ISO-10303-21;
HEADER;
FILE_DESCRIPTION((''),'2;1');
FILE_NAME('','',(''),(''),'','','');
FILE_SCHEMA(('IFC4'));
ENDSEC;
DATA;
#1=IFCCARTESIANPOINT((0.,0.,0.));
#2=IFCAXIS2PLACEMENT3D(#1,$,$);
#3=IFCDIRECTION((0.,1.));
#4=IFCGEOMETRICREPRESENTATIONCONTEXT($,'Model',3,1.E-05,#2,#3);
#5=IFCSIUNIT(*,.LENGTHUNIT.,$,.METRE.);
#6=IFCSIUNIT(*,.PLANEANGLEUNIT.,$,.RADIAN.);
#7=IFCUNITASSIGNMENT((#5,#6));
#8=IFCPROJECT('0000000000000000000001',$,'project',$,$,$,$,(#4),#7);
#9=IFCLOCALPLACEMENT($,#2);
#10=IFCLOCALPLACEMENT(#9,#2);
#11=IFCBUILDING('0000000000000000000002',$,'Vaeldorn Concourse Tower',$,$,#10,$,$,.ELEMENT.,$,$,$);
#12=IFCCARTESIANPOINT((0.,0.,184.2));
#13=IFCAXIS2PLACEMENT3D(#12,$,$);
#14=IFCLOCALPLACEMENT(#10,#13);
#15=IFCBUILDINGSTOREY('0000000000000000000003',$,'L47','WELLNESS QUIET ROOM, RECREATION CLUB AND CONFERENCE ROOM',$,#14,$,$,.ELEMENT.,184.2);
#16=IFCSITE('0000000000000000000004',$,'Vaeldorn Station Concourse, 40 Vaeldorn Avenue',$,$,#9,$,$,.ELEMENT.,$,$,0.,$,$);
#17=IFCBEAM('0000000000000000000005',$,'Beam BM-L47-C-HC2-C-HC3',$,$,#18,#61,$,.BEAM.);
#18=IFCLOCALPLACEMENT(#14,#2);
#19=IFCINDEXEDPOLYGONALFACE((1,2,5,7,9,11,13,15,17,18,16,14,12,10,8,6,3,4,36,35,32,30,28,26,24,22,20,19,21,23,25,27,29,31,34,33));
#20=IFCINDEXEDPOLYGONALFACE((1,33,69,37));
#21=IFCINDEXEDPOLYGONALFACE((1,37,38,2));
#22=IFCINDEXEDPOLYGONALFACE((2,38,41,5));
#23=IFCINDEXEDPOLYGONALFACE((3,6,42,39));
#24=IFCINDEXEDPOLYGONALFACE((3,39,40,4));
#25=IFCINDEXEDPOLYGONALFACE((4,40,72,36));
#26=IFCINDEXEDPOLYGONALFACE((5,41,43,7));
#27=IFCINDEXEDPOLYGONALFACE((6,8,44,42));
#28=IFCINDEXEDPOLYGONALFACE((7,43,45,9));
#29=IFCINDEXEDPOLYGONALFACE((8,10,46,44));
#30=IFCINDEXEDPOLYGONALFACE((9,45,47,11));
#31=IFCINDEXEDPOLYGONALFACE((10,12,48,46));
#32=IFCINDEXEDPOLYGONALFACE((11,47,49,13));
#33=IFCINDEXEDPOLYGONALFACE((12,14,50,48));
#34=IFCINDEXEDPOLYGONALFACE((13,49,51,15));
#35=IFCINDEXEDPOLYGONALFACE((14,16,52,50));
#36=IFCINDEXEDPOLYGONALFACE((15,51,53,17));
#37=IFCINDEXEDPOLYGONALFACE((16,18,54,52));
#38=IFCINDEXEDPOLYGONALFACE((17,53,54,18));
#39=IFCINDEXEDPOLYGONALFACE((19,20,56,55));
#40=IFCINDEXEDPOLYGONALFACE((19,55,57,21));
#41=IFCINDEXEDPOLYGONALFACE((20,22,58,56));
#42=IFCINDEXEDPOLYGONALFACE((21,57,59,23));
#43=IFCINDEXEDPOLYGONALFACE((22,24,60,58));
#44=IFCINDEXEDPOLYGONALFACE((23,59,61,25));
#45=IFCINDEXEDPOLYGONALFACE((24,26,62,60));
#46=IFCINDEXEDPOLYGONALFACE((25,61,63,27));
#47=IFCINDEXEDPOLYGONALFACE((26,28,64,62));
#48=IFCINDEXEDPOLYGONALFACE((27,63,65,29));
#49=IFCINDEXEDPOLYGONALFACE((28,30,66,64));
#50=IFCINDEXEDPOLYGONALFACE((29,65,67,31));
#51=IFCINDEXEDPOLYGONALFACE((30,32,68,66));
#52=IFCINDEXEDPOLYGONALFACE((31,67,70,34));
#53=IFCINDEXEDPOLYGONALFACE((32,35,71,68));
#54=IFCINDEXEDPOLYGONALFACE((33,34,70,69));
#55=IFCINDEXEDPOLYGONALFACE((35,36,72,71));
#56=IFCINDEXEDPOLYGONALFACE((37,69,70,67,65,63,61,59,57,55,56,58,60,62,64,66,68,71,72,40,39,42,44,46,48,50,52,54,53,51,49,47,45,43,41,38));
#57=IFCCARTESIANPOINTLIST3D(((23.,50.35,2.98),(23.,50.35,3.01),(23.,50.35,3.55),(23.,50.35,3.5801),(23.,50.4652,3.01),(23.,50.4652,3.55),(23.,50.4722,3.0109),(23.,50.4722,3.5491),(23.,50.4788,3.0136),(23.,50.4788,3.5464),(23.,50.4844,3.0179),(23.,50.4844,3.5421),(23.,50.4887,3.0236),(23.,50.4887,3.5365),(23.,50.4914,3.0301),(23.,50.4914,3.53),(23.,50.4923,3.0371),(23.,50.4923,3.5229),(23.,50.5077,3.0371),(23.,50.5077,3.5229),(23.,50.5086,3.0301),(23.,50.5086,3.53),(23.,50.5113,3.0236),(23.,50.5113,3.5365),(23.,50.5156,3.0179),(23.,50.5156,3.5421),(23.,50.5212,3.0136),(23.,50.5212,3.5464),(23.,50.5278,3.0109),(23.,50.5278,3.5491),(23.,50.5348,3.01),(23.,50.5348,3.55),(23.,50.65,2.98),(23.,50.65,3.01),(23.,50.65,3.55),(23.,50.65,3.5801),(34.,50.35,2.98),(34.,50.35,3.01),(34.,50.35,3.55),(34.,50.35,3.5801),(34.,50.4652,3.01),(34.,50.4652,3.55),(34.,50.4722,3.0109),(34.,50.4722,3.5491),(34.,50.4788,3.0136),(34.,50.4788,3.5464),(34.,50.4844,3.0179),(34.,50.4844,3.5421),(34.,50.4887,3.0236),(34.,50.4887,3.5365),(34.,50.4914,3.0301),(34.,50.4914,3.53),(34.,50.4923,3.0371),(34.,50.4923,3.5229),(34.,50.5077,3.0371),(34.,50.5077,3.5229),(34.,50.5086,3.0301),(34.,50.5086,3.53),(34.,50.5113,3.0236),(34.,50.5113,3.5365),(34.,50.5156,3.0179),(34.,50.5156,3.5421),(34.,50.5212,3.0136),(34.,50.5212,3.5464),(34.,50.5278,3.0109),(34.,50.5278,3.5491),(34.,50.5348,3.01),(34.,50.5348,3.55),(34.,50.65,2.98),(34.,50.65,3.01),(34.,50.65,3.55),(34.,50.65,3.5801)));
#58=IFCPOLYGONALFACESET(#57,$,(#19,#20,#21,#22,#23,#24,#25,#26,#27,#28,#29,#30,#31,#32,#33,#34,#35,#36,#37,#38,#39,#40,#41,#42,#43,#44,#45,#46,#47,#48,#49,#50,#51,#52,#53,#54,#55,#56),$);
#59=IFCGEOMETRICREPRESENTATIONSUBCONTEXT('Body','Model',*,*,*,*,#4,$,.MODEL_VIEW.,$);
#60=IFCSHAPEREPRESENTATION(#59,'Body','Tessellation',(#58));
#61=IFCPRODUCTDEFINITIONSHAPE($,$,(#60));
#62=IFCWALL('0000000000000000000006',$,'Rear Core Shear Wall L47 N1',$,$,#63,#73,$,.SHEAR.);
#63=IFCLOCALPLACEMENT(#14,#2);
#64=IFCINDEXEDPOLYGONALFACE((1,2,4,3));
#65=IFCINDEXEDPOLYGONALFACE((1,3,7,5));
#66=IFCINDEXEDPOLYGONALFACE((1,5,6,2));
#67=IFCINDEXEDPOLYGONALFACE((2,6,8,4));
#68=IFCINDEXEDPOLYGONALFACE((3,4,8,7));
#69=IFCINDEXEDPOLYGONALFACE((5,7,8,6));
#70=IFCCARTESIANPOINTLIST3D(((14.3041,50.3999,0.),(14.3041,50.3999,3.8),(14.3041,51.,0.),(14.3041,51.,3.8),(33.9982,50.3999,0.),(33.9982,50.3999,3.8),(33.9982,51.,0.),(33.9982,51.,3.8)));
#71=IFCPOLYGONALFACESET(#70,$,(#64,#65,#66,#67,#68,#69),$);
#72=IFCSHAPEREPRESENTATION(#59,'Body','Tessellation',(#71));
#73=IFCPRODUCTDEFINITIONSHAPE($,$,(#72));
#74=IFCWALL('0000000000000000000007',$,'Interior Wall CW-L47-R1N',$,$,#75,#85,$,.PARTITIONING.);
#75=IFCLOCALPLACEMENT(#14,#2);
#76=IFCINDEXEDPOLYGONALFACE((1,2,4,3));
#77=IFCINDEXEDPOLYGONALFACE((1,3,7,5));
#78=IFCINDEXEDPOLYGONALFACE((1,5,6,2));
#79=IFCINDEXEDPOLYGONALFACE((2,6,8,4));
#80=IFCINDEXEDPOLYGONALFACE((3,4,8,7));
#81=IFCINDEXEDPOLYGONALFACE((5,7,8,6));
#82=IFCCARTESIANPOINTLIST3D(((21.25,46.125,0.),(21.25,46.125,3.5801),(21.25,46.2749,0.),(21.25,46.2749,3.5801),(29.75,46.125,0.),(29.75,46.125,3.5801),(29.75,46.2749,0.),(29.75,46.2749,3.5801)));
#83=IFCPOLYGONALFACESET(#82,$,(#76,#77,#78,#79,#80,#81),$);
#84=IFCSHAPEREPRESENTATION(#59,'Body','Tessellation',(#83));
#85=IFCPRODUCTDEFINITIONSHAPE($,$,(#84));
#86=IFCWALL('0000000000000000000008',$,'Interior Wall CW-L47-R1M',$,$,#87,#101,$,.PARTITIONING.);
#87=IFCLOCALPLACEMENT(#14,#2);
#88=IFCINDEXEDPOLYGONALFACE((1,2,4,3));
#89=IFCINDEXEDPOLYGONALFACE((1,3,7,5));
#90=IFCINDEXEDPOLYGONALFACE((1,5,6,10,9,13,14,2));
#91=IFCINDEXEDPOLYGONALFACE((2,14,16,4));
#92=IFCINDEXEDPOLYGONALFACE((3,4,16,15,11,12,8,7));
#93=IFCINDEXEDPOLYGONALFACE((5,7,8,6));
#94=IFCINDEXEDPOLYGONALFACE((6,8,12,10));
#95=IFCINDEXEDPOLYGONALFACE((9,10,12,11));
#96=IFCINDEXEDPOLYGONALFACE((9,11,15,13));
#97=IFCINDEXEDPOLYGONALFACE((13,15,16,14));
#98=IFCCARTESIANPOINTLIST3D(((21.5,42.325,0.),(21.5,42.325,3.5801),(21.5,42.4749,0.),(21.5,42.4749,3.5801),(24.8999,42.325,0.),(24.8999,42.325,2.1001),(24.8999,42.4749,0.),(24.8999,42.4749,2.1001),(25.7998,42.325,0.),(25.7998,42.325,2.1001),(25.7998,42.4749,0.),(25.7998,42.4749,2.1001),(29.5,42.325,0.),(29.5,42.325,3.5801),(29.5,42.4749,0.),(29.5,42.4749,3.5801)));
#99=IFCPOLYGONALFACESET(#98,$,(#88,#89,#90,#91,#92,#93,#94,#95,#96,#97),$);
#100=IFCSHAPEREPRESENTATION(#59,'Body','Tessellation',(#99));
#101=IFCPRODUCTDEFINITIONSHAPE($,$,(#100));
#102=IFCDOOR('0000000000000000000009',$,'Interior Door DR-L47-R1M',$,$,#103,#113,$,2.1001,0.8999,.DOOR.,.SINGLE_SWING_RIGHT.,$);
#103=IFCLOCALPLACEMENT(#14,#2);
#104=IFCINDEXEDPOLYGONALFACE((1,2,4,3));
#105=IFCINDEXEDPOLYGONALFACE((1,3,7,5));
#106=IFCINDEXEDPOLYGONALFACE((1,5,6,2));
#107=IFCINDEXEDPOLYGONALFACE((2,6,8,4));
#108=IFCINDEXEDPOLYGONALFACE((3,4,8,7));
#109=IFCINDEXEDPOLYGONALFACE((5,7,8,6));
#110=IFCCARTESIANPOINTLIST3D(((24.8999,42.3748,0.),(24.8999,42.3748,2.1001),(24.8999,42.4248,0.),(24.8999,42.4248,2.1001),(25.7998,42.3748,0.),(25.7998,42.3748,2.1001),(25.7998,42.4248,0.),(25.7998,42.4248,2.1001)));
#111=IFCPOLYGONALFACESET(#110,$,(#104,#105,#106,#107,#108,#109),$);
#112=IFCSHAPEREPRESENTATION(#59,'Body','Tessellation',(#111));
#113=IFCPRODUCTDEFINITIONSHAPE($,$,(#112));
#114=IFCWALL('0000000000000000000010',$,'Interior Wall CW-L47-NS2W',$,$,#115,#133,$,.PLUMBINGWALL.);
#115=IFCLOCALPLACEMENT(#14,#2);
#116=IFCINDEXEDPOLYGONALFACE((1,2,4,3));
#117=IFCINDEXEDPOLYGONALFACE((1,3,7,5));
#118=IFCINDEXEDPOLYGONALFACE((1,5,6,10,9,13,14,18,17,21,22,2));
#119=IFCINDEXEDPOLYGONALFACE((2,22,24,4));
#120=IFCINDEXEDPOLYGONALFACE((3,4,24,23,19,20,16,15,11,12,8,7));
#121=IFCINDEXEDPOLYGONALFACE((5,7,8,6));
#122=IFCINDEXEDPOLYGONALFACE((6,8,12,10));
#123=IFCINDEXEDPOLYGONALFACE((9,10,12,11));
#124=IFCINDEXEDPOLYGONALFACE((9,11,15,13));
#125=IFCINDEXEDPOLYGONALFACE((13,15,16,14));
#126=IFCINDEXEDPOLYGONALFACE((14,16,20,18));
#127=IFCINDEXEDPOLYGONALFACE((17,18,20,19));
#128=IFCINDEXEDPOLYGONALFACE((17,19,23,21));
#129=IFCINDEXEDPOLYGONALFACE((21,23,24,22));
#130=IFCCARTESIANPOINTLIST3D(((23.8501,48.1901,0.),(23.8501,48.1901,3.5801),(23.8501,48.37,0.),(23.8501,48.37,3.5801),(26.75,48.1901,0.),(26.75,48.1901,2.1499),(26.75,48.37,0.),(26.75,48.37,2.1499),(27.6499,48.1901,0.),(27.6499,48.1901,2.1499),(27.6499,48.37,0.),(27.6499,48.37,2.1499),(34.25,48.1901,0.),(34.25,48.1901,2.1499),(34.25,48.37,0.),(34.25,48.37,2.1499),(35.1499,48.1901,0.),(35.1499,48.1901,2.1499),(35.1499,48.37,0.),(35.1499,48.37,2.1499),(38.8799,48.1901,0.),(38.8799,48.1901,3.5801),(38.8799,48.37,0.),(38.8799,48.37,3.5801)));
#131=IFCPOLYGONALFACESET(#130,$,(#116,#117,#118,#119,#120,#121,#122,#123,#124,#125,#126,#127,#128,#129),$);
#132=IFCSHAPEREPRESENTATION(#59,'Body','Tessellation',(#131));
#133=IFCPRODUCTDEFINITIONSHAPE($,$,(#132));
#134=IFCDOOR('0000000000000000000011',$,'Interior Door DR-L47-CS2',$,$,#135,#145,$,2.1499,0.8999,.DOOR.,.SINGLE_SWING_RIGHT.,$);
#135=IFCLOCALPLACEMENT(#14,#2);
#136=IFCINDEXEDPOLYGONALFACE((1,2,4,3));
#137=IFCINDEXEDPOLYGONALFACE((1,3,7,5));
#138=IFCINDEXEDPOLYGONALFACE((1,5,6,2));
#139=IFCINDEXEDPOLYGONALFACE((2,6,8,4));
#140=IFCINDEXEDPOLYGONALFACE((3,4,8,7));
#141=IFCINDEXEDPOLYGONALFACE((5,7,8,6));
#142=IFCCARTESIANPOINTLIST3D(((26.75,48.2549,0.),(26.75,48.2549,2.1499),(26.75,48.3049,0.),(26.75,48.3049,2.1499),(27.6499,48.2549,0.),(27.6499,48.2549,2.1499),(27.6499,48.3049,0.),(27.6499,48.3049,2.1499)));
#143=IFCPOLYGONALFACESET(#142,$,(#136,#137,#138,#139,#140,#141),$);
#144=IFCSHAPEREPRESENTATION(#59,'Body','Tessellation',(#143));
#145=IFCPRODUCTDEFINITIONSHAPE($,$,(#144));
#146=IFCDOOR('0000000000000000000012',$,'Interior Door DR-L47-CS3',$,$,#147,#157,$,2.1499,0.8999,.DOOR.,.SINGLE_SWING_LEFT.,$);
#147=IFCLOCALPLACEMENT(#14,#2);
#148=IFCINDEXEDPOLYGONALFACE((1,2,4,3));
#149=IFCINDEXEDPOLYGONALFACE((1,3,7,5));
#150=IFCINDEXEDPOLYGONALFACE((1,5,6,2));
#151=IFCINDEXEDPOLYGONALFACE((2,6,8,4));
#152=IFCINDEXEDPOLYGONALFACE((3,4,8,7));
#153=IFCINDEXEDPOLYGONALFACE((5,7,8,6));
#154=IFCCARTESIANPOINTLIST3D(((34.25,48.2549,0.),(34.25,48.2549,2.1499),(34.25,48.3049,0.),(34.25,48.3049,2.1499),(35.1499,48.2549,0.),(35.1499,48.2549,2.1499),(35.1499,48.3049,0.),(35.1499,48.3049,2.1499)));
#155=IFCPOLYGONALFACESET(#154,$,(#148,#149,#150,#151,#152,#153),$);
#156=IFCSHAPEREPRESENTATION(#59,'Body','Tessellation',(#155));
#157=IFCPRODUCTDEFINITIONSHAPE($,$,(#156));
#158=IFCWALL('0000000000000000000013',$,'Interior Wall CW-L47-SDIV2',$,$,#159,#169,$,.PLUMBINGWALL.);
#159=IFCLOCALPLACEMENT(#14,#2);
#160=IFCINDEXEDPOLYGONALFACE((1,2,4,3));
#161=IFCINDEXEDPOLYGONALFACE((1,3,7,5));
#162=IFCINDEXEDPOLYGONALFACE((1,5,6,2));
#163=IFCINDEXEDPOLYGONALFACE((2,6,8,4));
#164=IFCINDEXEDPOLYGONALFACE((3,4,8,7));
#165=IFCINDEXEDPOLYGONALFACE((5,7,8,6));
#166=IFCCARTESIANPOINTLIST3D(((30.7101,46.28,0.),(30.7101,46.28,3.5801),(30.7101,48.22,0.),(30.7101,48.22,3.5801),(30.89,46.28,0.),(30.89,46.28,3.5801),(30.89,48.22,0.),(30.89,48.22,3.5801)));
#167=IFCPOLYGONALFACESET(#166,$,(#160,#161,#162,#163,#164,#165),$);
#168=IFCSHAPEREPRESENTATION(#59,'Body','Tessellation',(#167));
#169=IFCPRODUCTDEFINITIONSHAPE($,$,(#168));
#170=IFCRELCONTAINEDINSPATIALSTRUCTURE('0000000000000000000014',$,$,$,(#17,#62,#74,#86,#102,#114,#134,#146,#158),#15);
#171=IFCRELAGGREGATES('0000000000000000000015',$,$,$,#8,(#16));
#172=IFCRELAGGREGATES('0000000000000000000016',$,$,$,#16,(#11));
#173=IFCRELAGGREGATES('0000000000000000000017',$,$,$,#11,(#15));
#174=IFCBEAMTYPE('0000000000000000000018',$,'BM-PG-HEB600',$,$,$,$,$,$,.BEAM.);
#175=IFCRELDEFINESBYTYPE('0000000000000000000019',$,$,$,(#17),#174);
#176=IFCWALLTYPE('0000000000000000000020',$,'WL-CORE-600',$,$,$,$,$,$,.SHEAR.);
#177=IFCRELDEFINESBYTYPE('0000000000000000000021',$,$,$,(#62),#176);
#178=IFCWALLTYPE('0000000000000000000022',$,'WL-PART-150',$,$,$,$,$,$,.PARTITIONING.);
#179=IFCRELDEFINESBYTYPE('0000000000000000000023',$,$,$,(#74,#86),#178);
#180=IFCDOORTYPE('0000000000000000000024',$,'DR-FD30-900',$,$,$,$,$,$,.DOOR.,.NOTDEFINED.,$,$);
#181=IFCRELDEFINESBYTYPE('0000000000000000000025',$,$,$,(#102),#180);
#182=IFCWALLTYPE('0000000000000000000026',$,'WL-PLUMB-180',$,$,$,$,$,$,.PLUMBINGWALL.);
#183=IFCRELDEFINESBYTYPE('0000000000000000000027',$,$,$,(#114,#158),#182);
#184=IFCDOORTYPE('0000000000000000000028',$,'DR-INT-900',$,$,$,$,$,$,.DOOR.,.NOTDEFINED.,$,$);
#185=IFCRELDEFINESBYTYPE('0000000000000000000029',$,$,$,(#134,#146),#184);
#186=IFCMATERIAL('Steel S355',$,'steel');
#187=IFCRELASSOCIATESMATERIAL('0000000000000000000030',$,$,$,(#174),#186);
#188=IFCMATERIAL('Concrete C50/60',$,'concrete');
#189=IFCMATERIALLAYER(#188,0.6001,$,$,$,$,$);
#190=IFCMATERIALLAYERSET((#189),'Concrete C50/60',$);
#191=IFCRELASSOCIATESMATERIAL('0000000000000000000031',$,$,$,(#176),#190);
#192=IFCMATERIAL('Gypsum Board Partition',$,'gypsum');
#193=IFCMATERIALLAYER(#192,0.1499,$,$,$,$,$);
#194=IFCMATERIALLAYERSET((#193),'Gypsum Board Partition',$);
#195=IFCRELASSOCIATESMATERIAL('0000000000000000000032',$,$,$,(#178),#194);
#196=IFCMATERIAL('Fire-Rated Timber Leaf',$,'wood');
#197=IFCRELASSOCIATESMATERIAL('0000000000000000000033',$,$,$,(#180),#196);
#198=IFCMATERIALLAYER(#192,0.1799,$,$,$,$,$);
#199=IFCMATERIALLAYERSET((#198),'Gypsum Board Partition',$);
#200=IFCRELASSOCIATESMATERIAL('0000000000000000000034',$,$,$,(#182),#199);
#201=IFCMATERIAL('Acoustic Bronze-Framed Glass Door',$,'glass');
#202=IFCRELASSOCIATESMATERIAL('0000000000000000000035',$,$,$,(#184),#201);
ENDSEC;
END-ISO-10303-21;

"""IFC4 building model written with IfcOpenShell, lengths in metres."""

from ifc_helpers import new_model, si_unit, direction, frame, frame_2d, origin, origin_2d, place, context, subcontext, project, spatial, rectangle, i_section, extrude, source, transform, mapped, material, layer, layer_set, material_profile, profile_set, type_object, element, fill, save


model = new_model("IFC4")

# Units and contexts
model_context = context("Model", 3, precision=1e-05, world=origin(), true_north=direction((0.0, 1.0)))
body_context = subcontext(model_context, "Body", "Model", "MODEL_VIEW")
ifc_project = project(units=[si_unit("LENGTHUNIT", "METRE"), si_unit("PLANEANGLEUNIT", "RADIAN")], contexts=[model_context])

# Site, building, storey
site_placement = place(None, origin())
site = spatial("IfcSite", under=ifc_project, at=site_placement, Name="Vaeldorn Station Concourse, 40 Vaeldorn Avenue", CompositionType="ELEMENT", RefElevation=0.0)
building_placement = place(site_placement, origin())
building = spatial("IfcBuilding", under=site, at=building_placement, Name="Vaeldorn Concourse Tower", CompositionType="ELEMENT")
storey_placement = place(building_placement, frame((0.0, 0.0, 184.2)))
storey = spatial("IfcBuildingStorey", under=building, at=storey_placement, Name="L47", Description="WELLNESS QUIET ROOM, RECREATION CLUB AND CONFERENCE ROOM", CompositionType="ELEMENT", Elevation=184.2)

# Beam
ifc_material_1 = material(Name="Steel S355", Category="steel")
ifc_material_profile_1 = material_profile(ifc_material_1, i_section(OverallWidth=0.3, OverallDepth=0.6001, WebThickness=0.0154, FlangeThickness=0.03, FilletRadius=0.0271, at=origin_2d()), Name="HEB 600")
ifc_profile_set_1 = profile_set([ifc_material_profile_1], Name="Steel S355")
beam_type_1 = type_object("IfcBeamType", Name="BM-PG-HEB600", PredefinedType="BEAM", material=ifc_profile_set_1)
shared_shape_1 = source(origin(), body_context, "Body", "SweptSolid", [
    extrude(i_section(OverallWidth=0.3, OverallDepth=0.6001, WebThickness=0.0154, FlangeThickness=0.03, FilletRadius=0.0271, at=origin_2d()), origin(), (0.0, 0.0, 1.0), 11.0),
])
beam_1_placement = place(storey_placement, frame((23.0, 50.5, 3.28), z_axis=(1.0, 0.0, 0.0), x_axis=(0.0, 1.0, 0.0)))
element("IfcBeam", 1, at=beam_1_placement, inside=storey, type_object=beam_type_1, Name="Beam BM-L47-C-HC2-C-HC3", PredefinedType="BEAM", context=body_context, shape_type="MappedRepresentation", body=[
    mapped(shared_shape_1, transform((0.0, 0.0, 0.0), scale=1.0)),
])

# Walls
ifc_material_2 = material(Name="Concrete C50/60", Category="concrete")
ifc_layer_1 = layer(ifc_material_2, 0.6001)
ifc_layer_set_1 = layer_set([ifc_layer_1], Name="Concrete C50/60")
wall_type_1 = type_object("IfcWallType", Name="WL-CORE-600", PredefinedType="SHEAR", material=ifc_layer_set_1)
wall_1_placement = place(storey_placement, frame((14.304, 50.7, 0.0), z_axis=(0.0, 0.0, 1.0), x_axis=(1.0, 0.0, 0.0)))
element("IfcWall", 2, at=wall_1_placement, inside=storey, type_object=wall_type_1, Name="Rear Core Shear Wall L47 N1", PredefinedType="SHEAR", context=body_context, shape_type="SweptSolid", body=[
    extrude(rectangle(XDim=19.6941, YDim=0.6001, at=frame_2d((9.8472, 0.0))), origin(), (0.0, 0.0, 1.0), 3.8),
])
ifc_material_3 = material(Name="Gypsum Board Partition", Category="gypsum")
ifc_layer_2 = layer(ifc_material_3, 0.1499)
ifc_layer_set_2 = layer_set([ifc_layer_2], Name="Gypsum Board Partition")
wall_type_2 = type_object("IfcWallType", Name="WL-PART-150", PredefinedType="PARTITIONING", material=ifc_layer_set_2)
wall_2_placement = place(storey_placement, frame((21.25, 46.2, 0.0), z_axis=(0.0, 0.0, 1.0), x_axis=(1.0, 0.0, 0.0)))
element("IfcWall", 3, at=wall_2_placement, inside=storey, type_object=wall_type_2, Name="Interior Wall CW-L47-R1N", PredefinedType="PARTITIONING", context=body_context, shape_type="SweptSolid", body=[
    extrude(rectangle(XDim=8.5, YDim=0.1499, at=frame_2d((4.25, 0.0))), origin(), (0.0, 0.0, 1.0), 3.5801),
])

# Wall, opening, door
wall_3_placement = place(storey_placement, frame((21.5, 42.3999, 0.0), z_axis=(0.0, 0.0, 1.0), x_axis=(1.0, 0.0, 0.0)))
wall_3 = element("IfcWall", 4, at=wall_3_placement, inside=storey, type_object=wall_type_2, Name="Interior Wall CW-L47-R1M", PredefinedType="PARTITIONING", context=body_context, shape_type="SweptSolid", body=[
    extrude(rectangle(XDim=8.0, YDim=0.1499, at=frame_2d((4.0, 0.0))), origin(), (0.0, 0.0, 1.0), 3.5801),
])
opening_1_placement = place(wall_3_placement, frame((3.3999, 0.0, 0.0)))
opening_1 = element("IfcOpeningElement", 5, at=opening_1_placement, cuts=wall_3, PredefinedType="OPENING", context=body_context, shape_type="SweptSolid", body=[
    extrude(rectangle(XDim=0.8999, YDim=2.1001, at=frame_2d((0.45, 1.05))), frame((0.0, 0.085, 0.0), z_axis=(0.0, -1.0, 0.0), x_axis=(1.0, 0.0, 0.0)), (0.0, 0.0, 1.0), 0.1699),
])
ifc_material_4 = material(Name="Fire-Rated Timber Leaf", Category="wood")
door_type_1 = type_object("IfcDoorType", Name="DR-FD30-900", OperationType="NOTDEFINED", PredefinedType="DOOR", material=ifc_material_4)
shared_shape_2 = source(origin(), body_context, "Body", "SweptSolid", [
    extrude(rectangle(XDim=0.8999, YDim=2.1001, at=frame_2d((0.45, 1.05))), frame((0.0, 0.0249, 0.0), z_axis=(0.0, -1.0, 0.0), x_axis=(1.0, 0.0, 0.0)), (0.0, 0.0, 1.0), 0.05),
])
door_1_placement = place(opening_1_placement, origin())
door_1 = element("IfcDoor", 6, at=door_1_placement, inside=storey, type_object=door_type_1, Name="Interior Door DR-L47-R1M", OperationType="SINGLE_SWING_RIGHT", OverallHeight=2.1001, OverallWidth=0.8999, PredefinedType="DOOR", context=body_context, shape_type="MappedRepresentation", body=[
    mapped(shared_shape_2, transform((0.0, 0.0, 0.0), scale=1.0)),
])
fill(opening_1, door_1)

# Wall, openings, doors
ifc_layer_3 = layer(ifc_material_3, 0.1799)
ifc_layer_set_3 = layer_set([ifc_layer_3], Name="Gypsum Board Partition")
wall_type_3 = type_object("IfcWallType", Name="WL-PLUMB-180", PredefinedType="PLUMBINGWALL", material=ifc_layer_set_3)
wall_4_placement = place(storey_placement, frame((23.8501, 48.28, 0.0), z_axis=(0.0, 0.0, 1.0), x_axis=(1.0, 0.0, 0.0)))
wall_4 = element("IfcWall", 7, at=wall_4_placement, inside=storey, type_object=wall_type_3, Name="Interior Wall CW-L47-NS2W", PredefinedType="PLUMBINGWALL", context=body_context, shape_type="SweptSolid", body=[
    extrude(rectangle(XDim=15.0298, YDim=0.1799, at=frame_2d((7.5149, 0.0))), origin(), (0.0, 0.0, 1.0), 3.5801),
])
opening_2_placement = place(wall_4_placement, frame((2.8999, 0.0, 0.0)))
opening_2 = element("IfcOpeningElement", 8, at=opening_2_placement, cuts=wall_4, PredefinedType="OPENING", context=body_context, shape_type="SweptSolid", body=[
    extrude(rectangle(XDim=0.8999, YDim=2.1499, at=frame_2d((0.45, 1.075))), frame((0.0, 0.1001, 0.0), z_axis=(0.0, -1.0, 0.0), x_axis=(1.0, 0.0, 0.0)), (0.0, 0.0, 1.0), 0.2),
])
opening_3_placement = place(wall_4_placement, frame((10.3999, 0.0, 0.0)))
opening_3 = element("IfcOpeningElement", 9, at=opening_3_placement, cuts=wall_4, PredefinedType="OPENING", context=body_context, shape_type="SweptSolid", body=[
    extrude(rectangle(XDim=0.8999, YDim=2.1499, at=frame_2d((0.45, 1.075))), frame((0.0, 0.1001, 0.0), z_axis=(0.0, -1.0, 0.0), x_axis=(1.0, 0.0, 0.0)), (0.0, 0.0, 1.0), 0.2),
])
ifc_material_5 = material(Name="Acoustic Bronze-Framed Glass Door", Category="glass")
door_type_2 = type_object("IfcDoorType", Name="DR-INT-900", OperationType="NOTDEFINED", PredefinedType="DOOR", material=ifc_material_5)
shared_shape_3 = source(origin(), body_context, "Body", "SweptSolid", [
    extrude(rectangle(XDim=0.8999, YDim=2.1499, at=frame_2d((0.45, 1.075))), frame((0.0, 0.0249, 0.0), z_axis=(0.0, -1.0, 0.0), x_axis=(1.0, 0.0, 0.0)), (0.0, 0.0, 1.0), 0.05),
])
door_2_placement = place(opening_2_placement, origin())
door_2 = element("IfcDoor", 10, at=door_2_placement, inside=storey, type_object=door_type_2, Name="Interior Door DR-L47-CS2", OperationType="SINGLE_SWING_RIGHT", OverallHeight=2.1499, OverallWidth=0.8999, PredefinedType="DOOR", context=body_context, shape_type="MappedRepresentation", body=[
    mapped(shared_shape_3, transform((0.0, 0.0, 0.0), scale=1.0)),
])
fill(opening_2, door_2)
door_3_placement = place(opening_3_placement, origin())
door_3 = element("IfcDoor", 11, at=door_3_placement, inside=storey, type_object=door_type_2, Name="Interior Door DR-L47-CS3", OperationType="SINGLE_SWING_LEFT", OverallHeight=2.1499, OverallWidth=0.8999, PredefinedType="DOOR", context=body_context, shape_type="MappedRepresentation", body=[
    mapped(shared_shape_3, transform((0.0, 0.0, 0.0), scale=1.0)),
])
fill(opening_3, door_3)

# Wall
wall_5_placement = place(storey_placement, frame((30.8, 46.28, 0.0), z_axis=(0.0, 0.0, 1.0), x_axis=(0.0, 1.0, 0.0)))
element("IfcWall", 12, at=wall_5_placement, inside=storey, type_object=wall_type_3, Name="Interior Wall CW-L47-SDIV2", PredefinedType="PLUMBINGWALL", context=body_context, shape_type="SweptSolid", body=[
    extrude(rectangle(XDim=1.9399, YDim=0.1799, at=frame_2d((0.97, 0.0))), origin(), (0.0, 0.0, 1.0), 3.5801),
])

save(model, "model.ifc")
